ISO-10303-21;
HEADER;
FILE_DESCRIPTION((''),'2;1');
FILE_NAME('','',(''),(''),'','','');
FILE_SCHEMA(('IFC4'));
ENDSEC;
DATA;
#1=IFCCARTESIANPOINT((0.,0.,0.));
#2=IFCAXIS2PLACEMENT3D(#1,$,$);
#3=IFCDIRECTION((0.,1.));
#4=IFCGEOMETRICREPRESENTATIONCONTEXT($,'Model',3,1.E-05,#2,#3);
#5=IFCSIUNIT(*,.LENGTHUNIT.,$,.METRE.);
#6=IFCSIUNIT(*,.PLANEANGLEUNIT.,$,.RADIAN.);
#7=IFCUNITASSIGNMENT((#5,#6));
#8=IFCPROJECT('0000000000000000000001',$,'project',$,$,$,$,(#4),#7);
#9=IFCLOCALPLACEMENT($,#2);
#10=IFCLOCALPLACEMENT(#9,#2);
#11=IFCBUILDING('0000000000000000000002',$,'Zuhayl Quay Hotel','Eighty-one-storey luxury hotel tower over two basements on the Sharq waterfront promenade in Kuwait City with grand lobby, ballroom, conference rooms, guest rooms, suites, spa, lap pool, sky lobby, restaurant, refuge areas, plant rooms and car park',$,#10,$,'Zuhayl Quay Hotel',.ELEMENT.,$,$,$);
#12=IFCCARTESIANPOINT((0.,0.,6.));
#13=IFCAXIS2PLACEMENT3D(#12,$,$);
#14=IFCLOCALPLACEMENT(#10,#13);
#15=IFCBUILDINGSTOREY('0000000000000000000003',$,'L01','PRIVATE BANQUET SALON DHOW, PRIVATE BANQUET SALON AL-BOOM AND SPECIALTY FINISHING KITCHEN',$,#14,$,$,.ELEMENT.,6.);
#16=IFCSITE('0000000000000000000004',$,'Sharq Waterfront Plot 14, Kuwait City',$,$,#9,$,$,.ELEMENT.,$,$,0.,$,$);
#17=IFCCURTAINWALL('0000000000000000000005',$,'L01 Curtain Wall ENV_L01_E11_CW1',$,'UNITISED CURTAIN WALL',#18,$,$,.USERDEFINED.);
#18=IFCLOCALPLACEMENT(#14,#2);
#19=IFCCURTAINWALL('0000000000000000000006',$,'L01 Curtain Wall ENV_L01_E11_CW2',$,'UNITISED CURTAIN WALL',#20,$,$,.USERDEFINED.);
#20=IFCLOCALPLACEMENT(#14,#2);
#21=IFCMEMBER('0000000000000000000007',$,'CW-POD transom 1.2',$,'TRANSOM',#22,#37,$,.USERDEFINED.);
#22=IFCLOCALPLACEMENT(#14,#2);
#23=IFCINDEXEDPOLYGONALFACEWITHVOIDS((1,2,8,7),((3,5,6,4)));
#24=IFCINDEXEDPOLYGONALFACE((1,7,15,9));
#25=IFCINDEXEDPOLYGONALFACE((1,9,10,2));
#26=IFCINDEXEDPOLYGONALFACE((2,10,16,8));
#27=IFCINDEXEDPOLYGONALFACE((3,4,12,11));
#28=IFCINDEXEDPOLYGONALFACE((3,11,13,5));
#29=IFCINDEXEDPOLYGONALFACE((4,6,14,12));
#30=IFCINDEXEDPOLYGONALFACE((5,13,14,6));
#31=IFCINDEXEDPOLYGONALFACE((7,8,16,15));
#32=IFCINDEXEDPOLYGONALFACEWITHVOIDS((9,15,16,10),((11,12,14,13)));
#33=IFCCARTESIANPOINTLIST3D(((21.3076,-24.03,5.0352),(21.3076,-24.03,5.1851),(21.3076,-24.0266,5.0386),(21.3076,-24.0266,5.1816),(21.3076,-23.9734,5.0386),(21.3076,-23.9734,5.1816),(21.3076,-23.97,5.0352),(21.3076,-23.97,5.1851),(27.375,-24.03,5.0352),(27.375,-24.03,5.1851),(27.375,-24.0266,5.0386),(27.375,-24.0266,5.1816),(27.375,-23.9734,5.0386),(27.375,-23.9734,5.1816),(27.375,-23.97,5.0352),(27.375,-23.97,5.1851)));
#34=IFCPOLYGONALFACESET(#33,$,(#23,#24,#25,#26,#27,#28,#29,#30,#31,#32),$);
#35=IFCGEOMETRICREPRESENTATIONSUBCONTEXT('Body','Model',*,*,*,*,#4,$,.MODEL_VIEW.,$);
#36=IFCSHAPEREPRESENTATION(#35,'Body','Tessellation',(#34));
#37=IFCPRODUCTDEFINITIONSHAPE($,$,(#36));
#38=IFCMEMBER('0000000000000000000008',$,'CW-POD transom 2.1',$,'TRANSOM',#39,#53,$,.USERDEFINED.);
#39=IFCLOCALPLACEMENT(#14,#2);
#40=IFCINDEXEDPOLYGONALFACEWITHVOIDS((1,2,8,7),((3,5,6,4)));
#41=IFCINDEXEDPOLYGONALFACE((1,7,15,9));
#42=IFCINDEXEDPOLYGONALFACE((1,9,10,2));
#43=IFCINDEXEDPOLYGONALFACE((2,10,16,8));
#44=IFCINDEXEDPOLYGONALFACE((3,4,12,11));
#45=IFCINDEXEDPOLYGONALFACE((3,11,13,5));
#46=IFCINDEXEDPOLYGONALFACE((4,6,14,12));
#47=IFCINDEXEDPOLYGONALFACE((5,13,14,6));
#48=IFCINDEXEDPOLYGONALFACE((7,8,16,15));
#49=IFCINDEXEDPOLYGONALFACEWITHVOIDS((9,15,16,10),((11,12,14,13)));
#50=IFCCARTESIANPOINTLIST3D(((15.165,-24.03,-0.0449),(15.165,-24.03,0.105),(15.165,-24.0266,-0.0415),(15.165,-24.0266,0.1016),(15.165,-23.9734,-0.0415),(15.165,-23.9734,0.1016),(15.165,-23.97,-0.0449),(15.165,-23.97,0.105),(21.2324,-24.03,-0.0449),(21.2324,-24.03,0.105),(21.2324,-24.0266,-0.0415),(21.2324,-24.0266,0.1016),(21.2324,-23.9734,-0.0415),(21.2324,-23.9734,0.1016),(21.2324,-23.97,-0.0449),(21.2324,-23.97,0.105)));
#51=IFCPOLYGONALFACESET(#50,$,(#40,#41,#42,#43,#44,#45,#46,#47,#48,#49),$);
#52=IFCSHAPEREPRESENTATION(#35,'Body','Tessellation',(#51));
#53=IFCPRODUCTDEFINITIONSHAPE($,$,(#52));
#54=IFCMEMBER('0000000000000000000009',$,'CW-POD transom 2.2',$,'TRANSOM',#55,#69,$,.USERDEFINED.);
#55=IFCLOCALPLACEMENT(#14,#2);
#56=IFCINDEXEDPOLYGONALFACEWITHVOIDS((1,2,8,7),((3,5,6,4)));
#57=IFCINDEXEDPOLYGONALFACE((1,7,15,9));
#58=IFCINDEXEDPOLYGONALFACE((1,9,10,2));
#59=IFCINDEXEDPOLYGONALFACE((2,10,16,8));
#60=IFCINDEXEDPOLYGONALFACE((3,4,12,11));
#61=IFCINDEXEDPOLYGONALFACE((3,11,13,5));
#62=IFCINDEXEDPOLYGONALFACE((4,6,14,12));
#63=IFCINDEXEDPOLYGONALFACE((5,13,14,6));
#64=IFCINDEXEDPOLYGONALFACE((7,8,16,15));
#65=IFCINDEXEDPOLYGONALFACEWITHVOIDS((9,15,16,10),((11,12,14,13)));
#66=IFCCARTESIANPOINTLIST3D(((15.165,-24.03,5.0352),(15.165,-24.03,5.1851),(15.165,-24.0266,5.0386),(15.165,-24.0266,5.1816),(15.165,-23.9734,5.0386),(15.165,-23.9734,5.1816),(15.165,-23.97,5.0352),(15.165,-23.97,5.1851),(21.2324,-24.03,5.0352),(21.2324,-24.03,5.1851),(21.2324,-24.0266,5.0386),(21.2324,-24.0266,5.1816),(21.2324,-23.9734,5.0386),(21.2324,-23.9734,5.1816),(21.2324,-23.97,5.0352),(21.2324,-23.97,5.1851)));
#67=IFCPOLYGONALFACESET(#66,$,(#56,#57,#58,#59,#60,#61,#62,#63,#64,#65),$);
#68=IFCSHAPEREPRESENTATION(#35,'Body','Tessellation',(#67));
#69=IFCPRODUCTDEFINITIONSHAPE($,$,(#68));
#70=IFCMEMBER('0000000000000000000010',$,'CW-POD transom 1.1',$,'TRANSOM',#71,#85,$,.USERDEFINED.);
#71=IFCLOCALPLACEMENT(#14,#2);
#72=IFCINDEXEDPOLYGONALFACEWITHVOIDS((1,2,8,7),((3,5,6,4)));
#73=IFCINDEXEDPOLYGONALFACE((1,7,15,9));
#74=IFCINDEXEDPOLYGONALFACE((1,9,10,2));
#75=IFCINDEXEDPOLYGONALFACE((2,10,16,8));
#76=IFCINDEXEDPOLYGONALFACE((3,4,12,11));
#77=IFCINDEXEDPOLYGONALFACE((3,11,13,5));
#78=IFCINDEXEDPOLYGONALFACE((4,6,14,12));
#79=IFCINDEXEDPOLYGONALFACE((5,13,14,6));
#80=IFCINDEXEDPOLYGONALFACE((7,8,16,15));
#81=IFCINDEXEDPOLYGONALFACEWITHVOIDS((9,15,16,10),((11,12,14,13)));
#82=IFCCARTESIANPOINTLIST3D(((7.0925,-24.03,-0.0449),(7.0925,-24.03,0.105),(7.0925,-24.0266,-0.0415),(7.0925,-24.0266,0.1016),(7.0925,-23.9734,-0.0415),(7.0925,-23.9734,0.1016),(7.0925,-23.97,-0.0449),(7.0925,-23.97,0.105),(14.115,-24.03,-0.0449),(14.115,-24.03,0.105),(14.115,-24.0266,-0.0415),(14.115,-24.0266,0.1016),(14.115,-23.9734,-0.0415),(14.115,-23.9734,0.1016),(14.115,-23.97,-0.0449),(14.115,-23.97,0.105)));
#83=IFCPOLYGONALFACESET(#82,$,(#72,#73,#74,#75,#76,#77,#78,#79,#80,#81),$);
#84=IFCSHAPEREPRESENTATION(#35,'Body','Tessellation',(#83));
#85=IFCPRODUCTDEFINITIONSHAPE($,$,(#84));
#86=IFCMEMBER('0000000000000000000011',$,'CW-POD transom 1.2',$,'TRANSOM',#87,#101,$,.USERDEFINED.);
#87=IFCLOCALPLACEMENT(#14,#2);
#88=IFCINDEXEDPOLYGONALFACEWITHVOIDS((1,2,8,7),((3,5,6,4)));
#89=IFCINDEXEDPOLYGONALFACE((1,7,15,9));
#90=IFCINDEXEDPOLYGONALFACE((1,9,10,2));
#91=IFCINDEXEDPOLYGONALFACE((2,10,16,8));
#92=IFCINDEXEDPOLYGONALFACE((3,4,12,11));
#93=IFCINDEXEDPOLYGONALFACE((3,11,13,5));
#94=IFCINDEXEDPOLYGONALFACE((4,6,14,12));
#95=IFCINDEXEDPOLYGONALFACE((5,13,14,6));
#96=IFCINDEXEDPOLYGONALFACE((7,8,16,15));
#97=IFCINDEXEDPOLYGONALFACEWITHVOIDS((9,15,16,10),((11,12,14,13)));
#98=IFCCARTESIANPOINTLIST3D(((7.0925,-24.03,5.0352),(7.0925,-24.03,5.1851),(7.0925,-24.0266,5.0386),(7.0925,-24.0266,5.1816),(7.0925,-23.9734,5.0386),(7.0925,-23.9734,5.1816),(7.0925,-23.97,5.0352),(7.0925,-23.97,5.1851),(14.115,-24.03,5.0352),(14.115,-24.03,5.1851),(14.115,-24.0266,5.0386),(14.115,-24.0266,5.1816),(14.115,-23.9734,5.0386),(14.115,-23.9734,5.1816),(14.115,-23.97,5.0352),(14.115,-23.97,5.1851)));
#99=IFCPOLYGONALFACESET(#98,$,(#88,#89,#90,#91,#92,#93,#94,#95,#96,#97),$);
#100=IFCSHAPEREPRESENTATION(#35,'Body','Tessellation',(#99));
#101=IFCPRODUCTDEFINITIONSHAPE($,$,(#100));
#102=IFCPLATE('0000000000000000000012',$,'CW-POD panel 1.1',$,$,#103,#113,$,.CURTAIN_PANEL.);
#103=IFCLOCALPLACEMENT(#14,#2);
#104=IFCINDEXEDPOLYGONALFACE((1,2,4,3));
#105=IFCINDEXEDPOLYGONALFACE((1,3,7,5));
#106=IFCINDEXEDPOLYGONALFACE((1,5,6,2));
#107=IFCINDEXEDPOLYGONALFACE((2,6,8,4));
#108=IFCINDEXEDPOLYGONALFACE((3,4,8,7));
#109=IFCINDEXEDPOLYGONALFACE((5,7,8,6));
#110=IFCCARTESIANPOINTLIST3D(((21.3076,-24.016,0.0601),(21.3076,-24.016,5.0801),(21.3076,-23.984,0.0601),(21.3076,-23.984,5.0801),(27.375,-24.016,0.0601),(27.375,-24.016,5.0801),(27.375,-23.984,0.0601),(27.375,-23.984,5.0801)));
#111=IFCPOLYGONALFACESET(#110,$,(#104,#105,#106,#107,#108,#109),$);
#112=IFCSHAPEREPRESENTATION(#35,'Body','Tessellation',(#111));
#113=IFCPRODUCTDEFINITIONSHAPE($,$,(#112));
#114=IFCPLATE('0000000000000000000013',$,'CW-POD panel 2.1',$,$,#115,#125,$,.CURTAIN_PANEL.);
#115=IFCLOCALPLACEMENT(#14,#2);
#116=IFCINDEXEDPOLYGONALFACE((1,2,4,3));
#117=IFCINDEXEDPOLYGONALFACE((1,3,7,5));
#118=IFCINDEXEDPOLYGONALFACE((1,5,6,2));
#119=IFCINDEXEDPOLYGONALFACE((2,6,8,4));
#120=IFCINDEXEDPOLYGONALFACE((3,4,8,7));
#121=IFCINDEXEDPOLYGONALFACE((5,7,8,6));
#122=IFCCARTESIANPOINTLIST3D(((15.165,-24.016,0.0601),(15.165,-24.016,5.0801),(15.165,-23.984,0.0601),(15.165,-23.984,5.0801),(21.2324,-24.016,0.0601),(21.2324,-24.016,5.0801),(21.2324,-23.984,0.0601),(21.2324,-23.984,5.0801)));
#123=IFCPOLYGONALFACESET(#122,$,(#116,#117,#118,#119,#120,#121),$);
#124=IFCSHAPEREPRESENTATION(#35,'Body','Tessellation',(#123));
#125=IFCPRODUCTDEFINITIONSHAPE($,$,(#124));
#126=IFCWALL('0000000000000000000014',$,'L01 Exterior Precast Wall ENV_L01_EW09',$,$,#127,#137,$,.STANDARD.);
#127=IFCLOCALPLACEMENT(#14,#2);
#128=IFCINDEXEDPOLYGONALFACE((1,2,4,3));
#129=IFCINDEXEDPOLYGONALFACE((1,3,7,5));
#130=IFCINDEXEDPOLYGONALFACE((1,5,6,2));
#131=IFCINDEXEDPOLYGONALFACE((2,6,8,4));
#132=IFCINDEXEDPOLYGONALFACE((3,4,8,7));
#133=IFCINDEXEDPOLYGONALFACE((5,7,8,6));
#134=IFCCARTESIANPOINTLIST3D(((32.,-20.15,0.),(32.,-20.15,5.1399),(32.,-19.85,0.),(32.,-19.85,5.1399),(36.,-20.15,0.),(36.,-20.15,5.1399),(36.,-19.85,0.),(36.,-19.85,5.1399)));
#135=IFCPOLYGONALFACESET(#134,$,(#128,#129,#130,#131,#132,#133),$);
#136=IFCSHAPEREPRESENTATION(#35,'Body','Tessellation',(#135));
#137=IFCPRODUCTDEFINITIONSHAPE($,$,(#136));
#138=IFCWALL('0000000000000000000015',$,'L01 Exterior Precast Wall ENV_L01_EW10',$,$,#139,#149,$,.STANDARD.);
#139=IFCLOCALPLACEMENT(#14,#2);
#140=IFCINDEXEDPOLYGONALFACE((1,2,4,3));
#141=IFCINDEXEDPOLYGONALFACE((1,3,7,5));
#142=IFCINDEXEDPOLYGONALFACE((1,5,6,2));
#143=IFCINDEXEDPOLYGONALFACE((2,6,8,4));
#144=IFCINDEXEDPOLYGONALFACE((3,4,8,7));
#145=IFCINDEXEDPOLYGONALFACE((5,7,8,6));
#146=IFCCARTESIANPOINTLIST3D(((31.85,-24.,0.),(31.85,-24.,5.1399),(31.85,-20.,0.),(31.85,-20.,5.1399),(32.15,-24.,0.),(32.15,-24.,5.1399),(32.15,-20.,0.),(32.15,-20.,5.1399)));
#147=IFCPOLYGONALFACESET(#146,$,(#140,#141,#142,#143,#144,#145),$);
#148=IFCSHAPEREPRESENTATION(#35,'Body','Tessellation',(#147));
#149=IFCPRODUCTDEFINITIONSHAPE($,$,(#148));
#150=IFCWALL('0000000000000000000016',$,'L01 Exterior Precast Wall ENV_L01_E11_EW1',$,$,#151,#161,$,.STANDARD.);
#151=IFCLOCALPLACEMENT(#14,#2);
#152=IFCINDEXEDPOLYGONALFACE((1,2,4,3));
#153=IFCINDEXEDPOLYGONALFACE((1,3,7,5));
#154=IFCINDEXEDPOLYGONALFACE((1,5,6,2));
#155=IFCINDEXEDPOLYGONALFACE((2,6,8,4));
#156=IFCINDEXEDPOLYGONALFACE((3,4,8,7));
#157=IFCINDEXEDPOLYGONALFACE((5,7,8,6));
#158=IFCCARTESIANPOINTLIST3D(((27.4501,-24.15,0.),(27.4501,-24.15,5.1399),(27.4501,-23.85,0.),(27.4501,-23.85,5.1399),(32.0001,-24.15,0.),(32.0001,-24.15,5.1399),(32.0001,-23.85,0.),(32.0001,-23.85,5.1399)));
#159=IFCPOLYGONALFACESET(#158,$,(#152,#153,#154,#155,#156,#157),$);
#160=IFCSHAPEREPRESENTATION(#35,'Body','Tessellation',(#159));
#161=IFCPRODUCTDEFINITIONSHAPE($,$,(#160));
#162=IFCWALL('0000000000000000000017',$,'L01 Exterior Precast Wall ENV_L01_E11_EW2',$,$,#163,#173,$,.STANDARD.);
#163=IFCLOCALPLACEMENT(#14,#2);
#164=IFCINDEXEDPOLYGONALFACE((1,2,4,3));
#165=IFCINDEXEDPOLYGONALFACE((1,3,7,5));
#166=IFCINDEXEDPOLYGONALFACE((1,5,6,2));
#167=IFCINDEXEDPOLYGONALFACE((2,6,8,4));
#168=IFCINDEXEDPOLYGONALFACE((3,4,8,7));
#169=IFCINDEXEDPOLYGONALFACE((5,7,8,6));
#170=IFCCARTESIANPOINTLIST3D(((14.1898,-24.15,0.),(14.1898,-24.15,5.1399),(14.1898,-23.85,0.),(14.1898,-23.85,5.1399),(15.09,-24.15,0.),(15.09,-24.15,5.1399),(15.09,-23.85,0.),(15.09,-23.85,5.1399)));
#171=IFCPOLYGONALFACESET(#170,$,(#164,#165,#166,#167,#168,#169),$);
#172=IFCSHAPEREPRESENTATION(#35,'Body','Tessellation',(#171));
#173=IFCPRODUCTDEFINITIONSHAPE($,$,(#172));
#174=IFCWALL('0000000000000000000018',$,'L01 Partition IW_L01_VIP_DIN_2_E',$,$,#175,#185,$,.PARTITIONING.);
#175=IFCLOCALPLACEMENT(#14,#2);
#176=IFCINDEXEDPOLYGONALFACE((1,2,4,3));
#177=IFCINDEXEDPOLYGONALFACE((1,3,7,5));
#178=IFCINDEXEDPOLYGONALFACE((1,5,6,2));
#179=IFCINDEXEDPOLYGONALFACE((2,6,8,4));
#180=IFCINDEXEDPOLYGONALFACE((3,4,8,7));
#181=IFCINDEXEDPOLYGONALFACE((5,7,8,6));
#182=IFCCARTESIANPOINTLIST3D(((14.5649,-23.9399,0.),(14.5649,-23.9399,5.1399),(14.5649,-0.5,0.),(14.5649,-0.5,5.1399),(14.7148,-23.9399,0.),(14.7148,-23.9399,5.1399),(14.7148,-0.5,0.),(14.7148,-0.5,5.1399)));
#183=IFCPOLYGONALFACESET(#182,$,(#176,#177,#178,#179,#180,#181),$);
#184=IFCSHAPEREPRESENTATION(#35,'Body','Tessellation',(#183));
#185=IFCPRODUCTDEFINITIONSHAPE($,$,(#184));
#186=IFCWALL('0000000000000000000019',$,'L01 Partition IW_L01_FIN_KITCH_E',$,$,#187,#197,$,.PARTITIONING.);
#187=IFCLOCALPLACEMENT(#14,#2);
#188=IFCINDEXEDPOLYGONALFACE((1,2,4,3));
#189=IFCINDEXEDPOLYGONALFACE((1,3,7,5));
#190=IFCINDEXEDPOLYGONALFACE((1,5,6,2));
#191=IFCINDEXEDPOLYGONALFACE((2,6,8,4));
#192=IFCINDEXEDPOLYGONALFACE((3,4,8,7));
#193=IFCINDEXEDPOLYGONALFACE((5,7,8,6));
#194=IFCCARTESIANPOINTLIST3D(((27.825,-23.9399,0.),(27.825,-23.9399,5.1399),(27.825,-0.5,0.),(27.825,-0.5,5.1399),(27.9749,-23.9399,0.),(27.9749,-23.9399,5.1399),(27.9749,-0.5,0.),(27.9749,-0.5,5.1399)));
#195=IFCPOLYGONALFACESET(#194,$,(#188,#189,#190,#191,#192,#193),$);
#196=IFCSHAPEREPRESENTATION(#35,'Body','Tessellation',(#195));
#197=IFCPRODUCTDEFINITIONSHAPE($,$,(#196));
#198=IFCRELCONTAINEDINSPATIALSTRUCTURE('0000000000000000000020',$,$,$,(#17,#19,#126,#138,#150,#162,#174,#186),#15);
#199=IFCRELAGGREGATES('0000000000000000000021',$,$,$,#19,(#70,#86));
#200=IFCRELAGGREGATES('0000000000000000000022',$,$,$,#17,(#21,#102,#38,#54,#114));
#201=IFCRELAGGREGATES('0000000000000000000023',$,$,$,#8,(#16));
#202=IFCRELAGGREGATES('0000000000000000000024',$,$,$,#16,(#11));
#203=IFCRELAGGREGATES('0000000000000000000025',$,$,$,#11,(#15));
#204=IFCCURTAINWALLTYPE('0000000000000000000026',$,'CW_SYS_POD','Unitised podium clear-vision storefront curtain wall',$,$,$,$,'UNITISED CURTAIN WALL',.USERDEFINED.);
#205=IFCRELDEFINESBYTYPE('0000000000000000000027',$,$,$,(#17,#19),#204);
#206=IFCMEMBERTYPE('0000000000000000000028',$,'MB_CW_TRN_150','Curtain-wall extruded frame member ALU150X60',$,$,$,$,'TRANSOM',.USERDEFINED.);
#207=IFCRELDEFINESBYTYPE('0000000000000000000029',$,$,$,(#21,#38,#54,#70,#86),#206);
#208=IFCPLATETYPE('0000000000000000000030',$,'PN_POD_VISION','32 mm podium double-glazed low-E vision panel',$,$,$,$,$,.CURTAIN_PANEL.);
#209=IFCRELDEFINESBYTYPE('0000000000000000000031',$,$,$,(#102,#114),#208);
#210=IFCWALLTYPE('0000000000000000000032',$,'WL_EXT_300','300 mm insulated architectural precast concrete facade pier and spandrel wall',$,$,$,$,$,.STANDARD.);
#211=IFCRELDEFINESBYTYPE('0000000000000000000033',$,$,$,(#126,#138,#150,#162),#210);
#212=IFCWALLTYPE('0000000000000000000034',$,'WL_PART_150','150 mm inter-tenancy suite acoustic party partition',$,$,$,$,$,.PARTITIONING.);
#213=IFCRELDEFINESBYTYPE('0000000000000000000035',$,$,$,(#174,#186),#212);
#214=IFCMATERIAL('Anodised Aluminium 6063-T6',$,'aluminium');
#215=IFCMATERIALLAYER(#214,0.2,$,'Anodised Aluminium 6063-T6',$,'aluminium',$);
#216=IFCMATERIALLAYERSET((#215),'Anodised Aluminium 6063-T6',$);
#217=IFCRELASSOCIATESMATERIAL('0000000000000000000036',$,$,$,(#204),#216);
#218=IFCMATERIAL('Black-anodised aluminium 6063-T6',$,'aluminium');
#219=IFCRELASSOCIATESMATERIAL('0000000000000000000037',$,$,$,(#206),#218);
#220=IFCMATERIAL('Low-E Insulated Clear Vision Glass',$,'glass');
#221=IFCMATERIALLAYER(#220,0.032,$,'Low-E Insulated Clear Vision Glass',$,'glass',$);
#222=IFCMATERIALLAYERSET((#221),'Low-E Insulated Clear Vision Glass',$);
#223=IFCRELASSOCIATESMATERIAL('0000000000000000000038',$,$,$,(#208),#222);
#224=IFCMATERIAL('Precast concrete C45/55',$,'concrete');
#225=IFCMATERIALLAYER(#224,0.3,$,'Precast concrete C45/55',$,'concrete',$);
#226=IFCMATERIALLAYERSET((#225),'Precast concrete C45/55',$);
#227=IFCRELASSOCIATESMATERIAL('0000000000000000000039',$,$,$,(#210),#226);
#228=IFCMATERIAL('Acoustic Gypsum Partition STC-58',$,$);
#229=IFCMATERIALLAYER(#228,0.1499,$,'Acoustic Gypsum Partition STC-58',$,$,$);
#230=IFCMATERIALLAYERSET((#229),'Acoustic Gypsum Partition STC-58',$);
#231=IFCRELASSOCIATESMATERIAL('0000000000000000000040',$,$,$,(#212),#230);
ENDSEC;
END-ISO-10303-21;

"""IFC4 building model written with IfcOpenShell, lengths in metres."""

from ifc_helpers import new_model, si_unit, direction, frame, frame_2d, origin, origin_2d, place, context, subcontext, project, spatial, rectangle, hollow_rectangle, extrude, material, layer, layer_set, material_profile, profile_set, type_object, element, aggregate, save


model = new_model("IFC4")

# Units and contexts
model_context = context("Model", 3, precision=1e-05, world=origin(), true_north=direction((0.0, 1.0)))
body_context = subcontext(model_context, "Body", "Model", "MODEL_VIEW")
ifc_project = project(units=[si_unit("LENGTHUNIT", "METRE"), si_unit("PLANEANGLEUNIT", "RADIAN")], contexts=[model_context])

# Site, building, storey
site_placement = place(None, origin())
site = spatial("IfcSite", under=ifc_project, at=site_placement, Name="Sharq Waterfront Plot 14, Kuwait City", CompositionType="ELEMENT", RefElevation=0.0)
building_placement = place(site_placement, origin())
building = spatial("IfcBuilding", under=site, at=building_placement, Name="Zuhayl Quay Hotel", Description="Eighty-one-storey luxury hotel tower over two basements on the Sharq waterfront promenade in Kuwait City with grand lobby, ballroom, conference rooms, guest rooms, suites, spa, lap pool, sky lobby, restaurant, refuge areas, plant rooms and car park", LongName="Zuhayl Quay Hotel", CompositionType="ELEMENT")
storey_placement = place(building_placement, frame((0.0, 0.0, 6.0)))
storey = spatial("IfcBuildingStorey", under=building, at=storey_placement, Name="L01", Description="PRIVATE BANQUET SALON DHOW, PRIVATE BANQUET SALON AL-BOOM AND SPECIALTY FINISHING KITCHEN", CompositionType="ELEMENT", Elevation=6.0)

# Curtain wall
ifc_material_1 = material(Name="Anodised Aluminium 6063-T6", Category="aluminium")
ifc_layer_1 = layer(ifc_material_1, 0.2, Name="Anodised Aluminium 6063-T6", Category="aluminium")
ifc_layer_set_1 = layer_set([ifc_layer_1], Name="Anodised Aluminium 6063-T6")
curtain_wall_type = type_object("IfcCurtainWallType", Name="CW_SYS_POD", Description="Unitised podium clear-vision storefront curtain wall", ElementType="UNITISED CURTAIN WALL", PredefinedType="USERDEFINED", material=ifc_layer_set_1)
curtain_wall_1_placement = place(storey_placement, origin())
curtain_wall_1 = element("IfcCurtainWall", 1, at=curtain_wall_1_placement, inside=storey, type_object=curtain_wall_type, Name="L01 Curtain Wall ENV_L01_E11_CW1", ObjectType="UNITISED CURTAIN WALL", PredefinedType="USERDEFINED")
ifc_material_2 = material(Name="Black-anodised aluminium 6063-T6", Category="aluminium")

# Curtain wall
curtain_wall_2_placement = place(storey_placement, origin())
curtain_wall_2 = element("IfcCurtainWall", 2, at=curtain_wall_2_placement, inside=storey, type_object=curtain_wall_type, Name="L01 Curtain Wall ENV_L01_E11_CW2", ObjectType="UNITISED CURTAIN WALL", PredefinedType="USERDEFINED")

# Members
ifc_material_profile_1 = material_profile(ifc_material_2, hollow_rectangle(XDim=0.0601, YDim=0.1499, WallThickness=0.0034, at=origin_2d()), Name="ALU150X60")
ifc_profile_set_1 = profile_set([ifc_material_profile_1], Name="Black-anodised aluminium 6063-T6")
member_type_1 = type_object("IfcMemberType", Name="MB_CW_TRN_150", Description="Curtain-wall extruded frame member ALU150X60", ElementType="TRANSOM", PredefinedType="USERDEFINED", material=ifc_profile_set_1)
member_1_placement = place(storey_placement, frame((27.375, -24.0, 5.1101), z_axis=(-1.0, 0.0, 0.0), x_axis=(0.0, -1.0, 0.0)))
member_1 = element("IfcMember", 3, at=member_1_placement, type_object=member_type_1, Name="CW-POD transom 1.2", ObjectType="TRANSOM", PredefinedType="USERDEFINED", context=body_context, shape_type="SweptSolid", body=[
    extrude(hollow_rectangle(XDim=0.0601, YDim=0.1499, WallThickness=0.0034, at=origin_2d()), origin(), (0.0, 0.0, 1.0), 6.0674),
])
member_2_placement = place(storey_placement, frame((21.2324, -24.0, 0.03), z_axis=(-1.0, 0.0, 0.0), x_axis=(0.0, -1.0, 0.0)))
member_2 = element("IfcMember", 4, at=member_2_placement, type_object=member_type_1, Name="CW-POD transom 2.1", ObjectType="TRANSOM", PredefinedType="USERDEFINED", context=body_context, shape_type="SweptSolid", body=[
    extrude(hollow_rectangle(XDim=0.0601, YDim=0.1499, WallThickness=0.0034, at=origin_2d()), origin(), (0.0, 0.0, 1.0), 6.0674),
])
member_3_placement = place(storey_placement, frame((21.2324, -24.0, 5.1101), z_axis=(-1.0, 0.0, 0.0), x_axis=(0.0, -1.0, 0.0)))
member_3 = element("IfcMember", 5, at=member_3_placement, type_object=member_type_1, Name="CW-POD transom 2.2", ObjectType="TRANSOM", PredefinedType="USERDEFINED", context=body_context, shape_type="SweptSolid", body=[
    extrude(hollow_rectangle(XDim=0.0601, YDim=0.1499, WallThickness=0.0034, at=origin_2d()), origin(), (0.0, 0.0, 1.0), 6.0674),
])
member_4_placement = place(storey_placement, frame((14.115, -24.0, 0.03), z_axis=(-1.0, 0.0, 0.0), x_axis=(0.0, -1.0, 0.0)))
member_4 = element("IfcMember", 6, at=member_4_placement, type_object=member_type_1, Name="CW-POD transom 1.1", ObjectType="TRANSOM", PredefinedType="USERDEFINED", context=body_context, shape_type="SweptSolid", body=[
    extrude(hollow_rectangle(XDim=0.0601, YDim=0.1499, WallThickness=0.0034, at=origin_2d()), origin(), (0.0, 0.0, 1.0), 7.0225),
])
member_5_placement = place(storey_placement, frame((14.115, -24.0, 5.1101), z_axis=(-1.0, 0.0, 0.0), x_axis=(0.0, -1.0, 0.0)))
member_5 = element("IfcMember", 7, at=member_5_placement, type_object=member_type_1, Name="CW-POD transom 1.2", ObjectType="TRANSOM", PredefinedType="USERDEFINED", context=body_context, shape_type="SweptSolid", body=[
    extrude(hollow_rectangle(XDim=0.0601, YDim=0.1499, WallThickness=0.0034, at=origin_2d()), origin(), (0.0, 0.0, 1.0), 7.0225),
])
aggregate(curtain_wall_2, [member_4, member_5])

# Plates
ifc_material_3 = material(Name="Low-E Insulated Clear Vision Glass", Category="glass")
ifc_layer_2 = layer(ifc_material_3, 0.032, Name="Low-E Insulated Clear Vision Glass", Category="glass")
ifc_layer_set_2 = layer_set([ifc_layer_2], Name="Low-E Insulated Clear Vision Glass")
plate_type = type_object("IfcPlateType", Name="PN_POD_VISION", Description="32 mm podium double-glazed low-E vision panel", PredefinedType="CURTAIN_PANEL", material=ifc_layer_set_2)
plate_1_placement = place(storey_placement, frame((24.3413, -24.0, 0.0601), z_axis=(0.0, 0.0, 1.0), x_axis=(-1.0, 0.0, 0.0)))
plate_1 = element("IfcPlate", 8, at=plate_1_placement, type_object=plate_type, Name="CW-POD panel 1.1", PredefinedType="CURTAIN_PANEL", context=body_context, shape_type="SweptSolid", body=[
    extrude(rectangle(XDim=6.0674, YDim=0.032, at=origin_2d()), origin(), (0.0, 0.0, 1.0), 5.02),
])
plate_2_placement = place(storey_placement, frame((18.1987, -24.0, 0.0601), z_axis=(0.0, 0.0, 1.0), x_axis=(-1.0, 0.0, 0.0)))
plate_2 = element("IfcPlate", 9, at=plate_2_placement, type_object=plate_type, Name="CW-POD panel 2.1", PredefinedType="CURTAIN_PANEL", context=body_context, shape_type="SweptSolid", body=[
    extrude(rectangle(XDim=6.0674, YDim=0.032, at=origin_2d()), origin(), (0.0, 0.0, 1.0), 5.02),
])
aggregate(curtain_wall_1, [member_1, plate_1, member_2, member_3, plate_2])

# Walls
ifc_material_4 = material(Name="Precast concrete C45/55", Category="concrete")
ifc_layer_3 = layer(ifc_material_4, 0.3, Name="Precast concrete C45/55", Category="concrete")
ifc_layer_set_3 = layer_set([ifc_layer_3], Name="Precast concrete C45/55")
wall_type_1 = type_object("IfcWallType", Name="WL_EXT_300", Description="300 mm insulated architectural precast concrete facade pier and spandrel wall", PredefinedType="STANDARD", material=ifc_layer_set_3)
for number, where, z_axis, x_axis, name in (
    (10, (36.0, -20.0, 0.0), (0.0, 0.0, 1.0), (-1.0, 0.0, 0.0), "L01 Exterior Precast Wall ENV_L01_EW09"),
    (11, (32.0, -20.0, 0.0), (0.0, 0.0, 1.0), (0.0, -1.0, 0.0), "L01 Exterior Precast Wall ENV_L01_EW10"),
):
    element("IfcWall", number, at=place(storey_placement, frame(where, z_axis=z_axis, x_axis=x_axis)), inside=storey, type_object=wall_type_1, Name=name, PredefinedType="STANDARD", context=body_context, shape_type="SweptSolid", body=[
        extrude(rectangle(XDim=4.0, YDim=0.3, at=frame_2d((2.0, 0.0))), origin(), (0.0, 0.0, 1.0), 5.1399),
    ])
wall_1_placement = place(storey_placement, frame((32.0, -24.0, 0.0), z_axis=(0.0, 0.0, 1.0), x_axis=(-1.0, 0.0, 0.0)))
element("IfcWall", 12, at=wall_1_placement, inside=storey, type_object=wall_type_1, Name="L01 Exterior Precast Wall ENV_L01_E11_EW1", PredefinedType="STANDARD", context=body_context, shape_type="SweptSolid", body=[
    extrude(rectangle(XDim=4.55, YDim=0.3, at=frame_2d((2.2749, 0.0))), origin(), (0.0, 0.0, 1.0), 5.1399),
])
wall_2_placement = place(storey_placement, frame((15.0901, -24.0, 0.0), z_axis=(0.0, 0.0, 1.0), x_axis=(-1.0, 0.0, 0.0)))
element("IfcWall", 13, at=wall_2_placement, inside=storey, type_object=wall_type_1, Name="L01 Exterior Precast Wall ENV_L01_E11_EW2", PredefinedType="STANDARD", context=body_context, shape_type="SweptSolid", body=[
    extrude(rectangle(XDim=0.9001, YDim=0.3, at=frame_2d((0.4502, 0.0))), origin(), (0.0, 0.0, 1.0), 5.1399),
])
ifc_material_5 = material(Name="Acoustic Gypsum Partition STC-58")
ifc_layer_4 = layer(ifc_material_5, 0.1499, Name="Acoustic Gypsum Partition STC-58")
ifc_layer_set_4 = layer_set([ifc_layer_4], Name="Acoustic Gypsum Partition STC-58")
wall_type_2 = type_object("IfcWallType", Name="WL_PART_150", Description="150 mm inter-tenancy suite acoustic party partition", PredefinedType="PARTITIONING", material=ifc_layer_set_4)
for number, where, z_axis, x_axis, name in (
    (14, (14.6399, -23.9399, 0.0), (0.0, 0.0, 1.0), (0.0, 1.0, 0.0), "L01 Partition IW_L01_VIP_DIN_2_E"),
    (15, (27.8999, -23.9399, 0.0), (0.0, 0.0, 1.0), (0.0, 1.0, 0.0), "L01 Partition IW_L01_FIN_KITCH_E"),
):
    element("IfcWall", number, at=place(storey_placement, frame(where, z_axis=z_axis, x_axis=x_axis)), inside=storey, type_object=wall_type_2, Name=name, PredefinedType="PARTITIONING", context=body_context, shape_type="SweptSolid", body=[
        extrude(rectangle(XDim=23.4399, YDim=0.1499, at=frame_2d((11.72, 0.0))), origin(), (0.0, 0.0, 1.0), 5.1399),
    ])

save(model, "model.ifc")
